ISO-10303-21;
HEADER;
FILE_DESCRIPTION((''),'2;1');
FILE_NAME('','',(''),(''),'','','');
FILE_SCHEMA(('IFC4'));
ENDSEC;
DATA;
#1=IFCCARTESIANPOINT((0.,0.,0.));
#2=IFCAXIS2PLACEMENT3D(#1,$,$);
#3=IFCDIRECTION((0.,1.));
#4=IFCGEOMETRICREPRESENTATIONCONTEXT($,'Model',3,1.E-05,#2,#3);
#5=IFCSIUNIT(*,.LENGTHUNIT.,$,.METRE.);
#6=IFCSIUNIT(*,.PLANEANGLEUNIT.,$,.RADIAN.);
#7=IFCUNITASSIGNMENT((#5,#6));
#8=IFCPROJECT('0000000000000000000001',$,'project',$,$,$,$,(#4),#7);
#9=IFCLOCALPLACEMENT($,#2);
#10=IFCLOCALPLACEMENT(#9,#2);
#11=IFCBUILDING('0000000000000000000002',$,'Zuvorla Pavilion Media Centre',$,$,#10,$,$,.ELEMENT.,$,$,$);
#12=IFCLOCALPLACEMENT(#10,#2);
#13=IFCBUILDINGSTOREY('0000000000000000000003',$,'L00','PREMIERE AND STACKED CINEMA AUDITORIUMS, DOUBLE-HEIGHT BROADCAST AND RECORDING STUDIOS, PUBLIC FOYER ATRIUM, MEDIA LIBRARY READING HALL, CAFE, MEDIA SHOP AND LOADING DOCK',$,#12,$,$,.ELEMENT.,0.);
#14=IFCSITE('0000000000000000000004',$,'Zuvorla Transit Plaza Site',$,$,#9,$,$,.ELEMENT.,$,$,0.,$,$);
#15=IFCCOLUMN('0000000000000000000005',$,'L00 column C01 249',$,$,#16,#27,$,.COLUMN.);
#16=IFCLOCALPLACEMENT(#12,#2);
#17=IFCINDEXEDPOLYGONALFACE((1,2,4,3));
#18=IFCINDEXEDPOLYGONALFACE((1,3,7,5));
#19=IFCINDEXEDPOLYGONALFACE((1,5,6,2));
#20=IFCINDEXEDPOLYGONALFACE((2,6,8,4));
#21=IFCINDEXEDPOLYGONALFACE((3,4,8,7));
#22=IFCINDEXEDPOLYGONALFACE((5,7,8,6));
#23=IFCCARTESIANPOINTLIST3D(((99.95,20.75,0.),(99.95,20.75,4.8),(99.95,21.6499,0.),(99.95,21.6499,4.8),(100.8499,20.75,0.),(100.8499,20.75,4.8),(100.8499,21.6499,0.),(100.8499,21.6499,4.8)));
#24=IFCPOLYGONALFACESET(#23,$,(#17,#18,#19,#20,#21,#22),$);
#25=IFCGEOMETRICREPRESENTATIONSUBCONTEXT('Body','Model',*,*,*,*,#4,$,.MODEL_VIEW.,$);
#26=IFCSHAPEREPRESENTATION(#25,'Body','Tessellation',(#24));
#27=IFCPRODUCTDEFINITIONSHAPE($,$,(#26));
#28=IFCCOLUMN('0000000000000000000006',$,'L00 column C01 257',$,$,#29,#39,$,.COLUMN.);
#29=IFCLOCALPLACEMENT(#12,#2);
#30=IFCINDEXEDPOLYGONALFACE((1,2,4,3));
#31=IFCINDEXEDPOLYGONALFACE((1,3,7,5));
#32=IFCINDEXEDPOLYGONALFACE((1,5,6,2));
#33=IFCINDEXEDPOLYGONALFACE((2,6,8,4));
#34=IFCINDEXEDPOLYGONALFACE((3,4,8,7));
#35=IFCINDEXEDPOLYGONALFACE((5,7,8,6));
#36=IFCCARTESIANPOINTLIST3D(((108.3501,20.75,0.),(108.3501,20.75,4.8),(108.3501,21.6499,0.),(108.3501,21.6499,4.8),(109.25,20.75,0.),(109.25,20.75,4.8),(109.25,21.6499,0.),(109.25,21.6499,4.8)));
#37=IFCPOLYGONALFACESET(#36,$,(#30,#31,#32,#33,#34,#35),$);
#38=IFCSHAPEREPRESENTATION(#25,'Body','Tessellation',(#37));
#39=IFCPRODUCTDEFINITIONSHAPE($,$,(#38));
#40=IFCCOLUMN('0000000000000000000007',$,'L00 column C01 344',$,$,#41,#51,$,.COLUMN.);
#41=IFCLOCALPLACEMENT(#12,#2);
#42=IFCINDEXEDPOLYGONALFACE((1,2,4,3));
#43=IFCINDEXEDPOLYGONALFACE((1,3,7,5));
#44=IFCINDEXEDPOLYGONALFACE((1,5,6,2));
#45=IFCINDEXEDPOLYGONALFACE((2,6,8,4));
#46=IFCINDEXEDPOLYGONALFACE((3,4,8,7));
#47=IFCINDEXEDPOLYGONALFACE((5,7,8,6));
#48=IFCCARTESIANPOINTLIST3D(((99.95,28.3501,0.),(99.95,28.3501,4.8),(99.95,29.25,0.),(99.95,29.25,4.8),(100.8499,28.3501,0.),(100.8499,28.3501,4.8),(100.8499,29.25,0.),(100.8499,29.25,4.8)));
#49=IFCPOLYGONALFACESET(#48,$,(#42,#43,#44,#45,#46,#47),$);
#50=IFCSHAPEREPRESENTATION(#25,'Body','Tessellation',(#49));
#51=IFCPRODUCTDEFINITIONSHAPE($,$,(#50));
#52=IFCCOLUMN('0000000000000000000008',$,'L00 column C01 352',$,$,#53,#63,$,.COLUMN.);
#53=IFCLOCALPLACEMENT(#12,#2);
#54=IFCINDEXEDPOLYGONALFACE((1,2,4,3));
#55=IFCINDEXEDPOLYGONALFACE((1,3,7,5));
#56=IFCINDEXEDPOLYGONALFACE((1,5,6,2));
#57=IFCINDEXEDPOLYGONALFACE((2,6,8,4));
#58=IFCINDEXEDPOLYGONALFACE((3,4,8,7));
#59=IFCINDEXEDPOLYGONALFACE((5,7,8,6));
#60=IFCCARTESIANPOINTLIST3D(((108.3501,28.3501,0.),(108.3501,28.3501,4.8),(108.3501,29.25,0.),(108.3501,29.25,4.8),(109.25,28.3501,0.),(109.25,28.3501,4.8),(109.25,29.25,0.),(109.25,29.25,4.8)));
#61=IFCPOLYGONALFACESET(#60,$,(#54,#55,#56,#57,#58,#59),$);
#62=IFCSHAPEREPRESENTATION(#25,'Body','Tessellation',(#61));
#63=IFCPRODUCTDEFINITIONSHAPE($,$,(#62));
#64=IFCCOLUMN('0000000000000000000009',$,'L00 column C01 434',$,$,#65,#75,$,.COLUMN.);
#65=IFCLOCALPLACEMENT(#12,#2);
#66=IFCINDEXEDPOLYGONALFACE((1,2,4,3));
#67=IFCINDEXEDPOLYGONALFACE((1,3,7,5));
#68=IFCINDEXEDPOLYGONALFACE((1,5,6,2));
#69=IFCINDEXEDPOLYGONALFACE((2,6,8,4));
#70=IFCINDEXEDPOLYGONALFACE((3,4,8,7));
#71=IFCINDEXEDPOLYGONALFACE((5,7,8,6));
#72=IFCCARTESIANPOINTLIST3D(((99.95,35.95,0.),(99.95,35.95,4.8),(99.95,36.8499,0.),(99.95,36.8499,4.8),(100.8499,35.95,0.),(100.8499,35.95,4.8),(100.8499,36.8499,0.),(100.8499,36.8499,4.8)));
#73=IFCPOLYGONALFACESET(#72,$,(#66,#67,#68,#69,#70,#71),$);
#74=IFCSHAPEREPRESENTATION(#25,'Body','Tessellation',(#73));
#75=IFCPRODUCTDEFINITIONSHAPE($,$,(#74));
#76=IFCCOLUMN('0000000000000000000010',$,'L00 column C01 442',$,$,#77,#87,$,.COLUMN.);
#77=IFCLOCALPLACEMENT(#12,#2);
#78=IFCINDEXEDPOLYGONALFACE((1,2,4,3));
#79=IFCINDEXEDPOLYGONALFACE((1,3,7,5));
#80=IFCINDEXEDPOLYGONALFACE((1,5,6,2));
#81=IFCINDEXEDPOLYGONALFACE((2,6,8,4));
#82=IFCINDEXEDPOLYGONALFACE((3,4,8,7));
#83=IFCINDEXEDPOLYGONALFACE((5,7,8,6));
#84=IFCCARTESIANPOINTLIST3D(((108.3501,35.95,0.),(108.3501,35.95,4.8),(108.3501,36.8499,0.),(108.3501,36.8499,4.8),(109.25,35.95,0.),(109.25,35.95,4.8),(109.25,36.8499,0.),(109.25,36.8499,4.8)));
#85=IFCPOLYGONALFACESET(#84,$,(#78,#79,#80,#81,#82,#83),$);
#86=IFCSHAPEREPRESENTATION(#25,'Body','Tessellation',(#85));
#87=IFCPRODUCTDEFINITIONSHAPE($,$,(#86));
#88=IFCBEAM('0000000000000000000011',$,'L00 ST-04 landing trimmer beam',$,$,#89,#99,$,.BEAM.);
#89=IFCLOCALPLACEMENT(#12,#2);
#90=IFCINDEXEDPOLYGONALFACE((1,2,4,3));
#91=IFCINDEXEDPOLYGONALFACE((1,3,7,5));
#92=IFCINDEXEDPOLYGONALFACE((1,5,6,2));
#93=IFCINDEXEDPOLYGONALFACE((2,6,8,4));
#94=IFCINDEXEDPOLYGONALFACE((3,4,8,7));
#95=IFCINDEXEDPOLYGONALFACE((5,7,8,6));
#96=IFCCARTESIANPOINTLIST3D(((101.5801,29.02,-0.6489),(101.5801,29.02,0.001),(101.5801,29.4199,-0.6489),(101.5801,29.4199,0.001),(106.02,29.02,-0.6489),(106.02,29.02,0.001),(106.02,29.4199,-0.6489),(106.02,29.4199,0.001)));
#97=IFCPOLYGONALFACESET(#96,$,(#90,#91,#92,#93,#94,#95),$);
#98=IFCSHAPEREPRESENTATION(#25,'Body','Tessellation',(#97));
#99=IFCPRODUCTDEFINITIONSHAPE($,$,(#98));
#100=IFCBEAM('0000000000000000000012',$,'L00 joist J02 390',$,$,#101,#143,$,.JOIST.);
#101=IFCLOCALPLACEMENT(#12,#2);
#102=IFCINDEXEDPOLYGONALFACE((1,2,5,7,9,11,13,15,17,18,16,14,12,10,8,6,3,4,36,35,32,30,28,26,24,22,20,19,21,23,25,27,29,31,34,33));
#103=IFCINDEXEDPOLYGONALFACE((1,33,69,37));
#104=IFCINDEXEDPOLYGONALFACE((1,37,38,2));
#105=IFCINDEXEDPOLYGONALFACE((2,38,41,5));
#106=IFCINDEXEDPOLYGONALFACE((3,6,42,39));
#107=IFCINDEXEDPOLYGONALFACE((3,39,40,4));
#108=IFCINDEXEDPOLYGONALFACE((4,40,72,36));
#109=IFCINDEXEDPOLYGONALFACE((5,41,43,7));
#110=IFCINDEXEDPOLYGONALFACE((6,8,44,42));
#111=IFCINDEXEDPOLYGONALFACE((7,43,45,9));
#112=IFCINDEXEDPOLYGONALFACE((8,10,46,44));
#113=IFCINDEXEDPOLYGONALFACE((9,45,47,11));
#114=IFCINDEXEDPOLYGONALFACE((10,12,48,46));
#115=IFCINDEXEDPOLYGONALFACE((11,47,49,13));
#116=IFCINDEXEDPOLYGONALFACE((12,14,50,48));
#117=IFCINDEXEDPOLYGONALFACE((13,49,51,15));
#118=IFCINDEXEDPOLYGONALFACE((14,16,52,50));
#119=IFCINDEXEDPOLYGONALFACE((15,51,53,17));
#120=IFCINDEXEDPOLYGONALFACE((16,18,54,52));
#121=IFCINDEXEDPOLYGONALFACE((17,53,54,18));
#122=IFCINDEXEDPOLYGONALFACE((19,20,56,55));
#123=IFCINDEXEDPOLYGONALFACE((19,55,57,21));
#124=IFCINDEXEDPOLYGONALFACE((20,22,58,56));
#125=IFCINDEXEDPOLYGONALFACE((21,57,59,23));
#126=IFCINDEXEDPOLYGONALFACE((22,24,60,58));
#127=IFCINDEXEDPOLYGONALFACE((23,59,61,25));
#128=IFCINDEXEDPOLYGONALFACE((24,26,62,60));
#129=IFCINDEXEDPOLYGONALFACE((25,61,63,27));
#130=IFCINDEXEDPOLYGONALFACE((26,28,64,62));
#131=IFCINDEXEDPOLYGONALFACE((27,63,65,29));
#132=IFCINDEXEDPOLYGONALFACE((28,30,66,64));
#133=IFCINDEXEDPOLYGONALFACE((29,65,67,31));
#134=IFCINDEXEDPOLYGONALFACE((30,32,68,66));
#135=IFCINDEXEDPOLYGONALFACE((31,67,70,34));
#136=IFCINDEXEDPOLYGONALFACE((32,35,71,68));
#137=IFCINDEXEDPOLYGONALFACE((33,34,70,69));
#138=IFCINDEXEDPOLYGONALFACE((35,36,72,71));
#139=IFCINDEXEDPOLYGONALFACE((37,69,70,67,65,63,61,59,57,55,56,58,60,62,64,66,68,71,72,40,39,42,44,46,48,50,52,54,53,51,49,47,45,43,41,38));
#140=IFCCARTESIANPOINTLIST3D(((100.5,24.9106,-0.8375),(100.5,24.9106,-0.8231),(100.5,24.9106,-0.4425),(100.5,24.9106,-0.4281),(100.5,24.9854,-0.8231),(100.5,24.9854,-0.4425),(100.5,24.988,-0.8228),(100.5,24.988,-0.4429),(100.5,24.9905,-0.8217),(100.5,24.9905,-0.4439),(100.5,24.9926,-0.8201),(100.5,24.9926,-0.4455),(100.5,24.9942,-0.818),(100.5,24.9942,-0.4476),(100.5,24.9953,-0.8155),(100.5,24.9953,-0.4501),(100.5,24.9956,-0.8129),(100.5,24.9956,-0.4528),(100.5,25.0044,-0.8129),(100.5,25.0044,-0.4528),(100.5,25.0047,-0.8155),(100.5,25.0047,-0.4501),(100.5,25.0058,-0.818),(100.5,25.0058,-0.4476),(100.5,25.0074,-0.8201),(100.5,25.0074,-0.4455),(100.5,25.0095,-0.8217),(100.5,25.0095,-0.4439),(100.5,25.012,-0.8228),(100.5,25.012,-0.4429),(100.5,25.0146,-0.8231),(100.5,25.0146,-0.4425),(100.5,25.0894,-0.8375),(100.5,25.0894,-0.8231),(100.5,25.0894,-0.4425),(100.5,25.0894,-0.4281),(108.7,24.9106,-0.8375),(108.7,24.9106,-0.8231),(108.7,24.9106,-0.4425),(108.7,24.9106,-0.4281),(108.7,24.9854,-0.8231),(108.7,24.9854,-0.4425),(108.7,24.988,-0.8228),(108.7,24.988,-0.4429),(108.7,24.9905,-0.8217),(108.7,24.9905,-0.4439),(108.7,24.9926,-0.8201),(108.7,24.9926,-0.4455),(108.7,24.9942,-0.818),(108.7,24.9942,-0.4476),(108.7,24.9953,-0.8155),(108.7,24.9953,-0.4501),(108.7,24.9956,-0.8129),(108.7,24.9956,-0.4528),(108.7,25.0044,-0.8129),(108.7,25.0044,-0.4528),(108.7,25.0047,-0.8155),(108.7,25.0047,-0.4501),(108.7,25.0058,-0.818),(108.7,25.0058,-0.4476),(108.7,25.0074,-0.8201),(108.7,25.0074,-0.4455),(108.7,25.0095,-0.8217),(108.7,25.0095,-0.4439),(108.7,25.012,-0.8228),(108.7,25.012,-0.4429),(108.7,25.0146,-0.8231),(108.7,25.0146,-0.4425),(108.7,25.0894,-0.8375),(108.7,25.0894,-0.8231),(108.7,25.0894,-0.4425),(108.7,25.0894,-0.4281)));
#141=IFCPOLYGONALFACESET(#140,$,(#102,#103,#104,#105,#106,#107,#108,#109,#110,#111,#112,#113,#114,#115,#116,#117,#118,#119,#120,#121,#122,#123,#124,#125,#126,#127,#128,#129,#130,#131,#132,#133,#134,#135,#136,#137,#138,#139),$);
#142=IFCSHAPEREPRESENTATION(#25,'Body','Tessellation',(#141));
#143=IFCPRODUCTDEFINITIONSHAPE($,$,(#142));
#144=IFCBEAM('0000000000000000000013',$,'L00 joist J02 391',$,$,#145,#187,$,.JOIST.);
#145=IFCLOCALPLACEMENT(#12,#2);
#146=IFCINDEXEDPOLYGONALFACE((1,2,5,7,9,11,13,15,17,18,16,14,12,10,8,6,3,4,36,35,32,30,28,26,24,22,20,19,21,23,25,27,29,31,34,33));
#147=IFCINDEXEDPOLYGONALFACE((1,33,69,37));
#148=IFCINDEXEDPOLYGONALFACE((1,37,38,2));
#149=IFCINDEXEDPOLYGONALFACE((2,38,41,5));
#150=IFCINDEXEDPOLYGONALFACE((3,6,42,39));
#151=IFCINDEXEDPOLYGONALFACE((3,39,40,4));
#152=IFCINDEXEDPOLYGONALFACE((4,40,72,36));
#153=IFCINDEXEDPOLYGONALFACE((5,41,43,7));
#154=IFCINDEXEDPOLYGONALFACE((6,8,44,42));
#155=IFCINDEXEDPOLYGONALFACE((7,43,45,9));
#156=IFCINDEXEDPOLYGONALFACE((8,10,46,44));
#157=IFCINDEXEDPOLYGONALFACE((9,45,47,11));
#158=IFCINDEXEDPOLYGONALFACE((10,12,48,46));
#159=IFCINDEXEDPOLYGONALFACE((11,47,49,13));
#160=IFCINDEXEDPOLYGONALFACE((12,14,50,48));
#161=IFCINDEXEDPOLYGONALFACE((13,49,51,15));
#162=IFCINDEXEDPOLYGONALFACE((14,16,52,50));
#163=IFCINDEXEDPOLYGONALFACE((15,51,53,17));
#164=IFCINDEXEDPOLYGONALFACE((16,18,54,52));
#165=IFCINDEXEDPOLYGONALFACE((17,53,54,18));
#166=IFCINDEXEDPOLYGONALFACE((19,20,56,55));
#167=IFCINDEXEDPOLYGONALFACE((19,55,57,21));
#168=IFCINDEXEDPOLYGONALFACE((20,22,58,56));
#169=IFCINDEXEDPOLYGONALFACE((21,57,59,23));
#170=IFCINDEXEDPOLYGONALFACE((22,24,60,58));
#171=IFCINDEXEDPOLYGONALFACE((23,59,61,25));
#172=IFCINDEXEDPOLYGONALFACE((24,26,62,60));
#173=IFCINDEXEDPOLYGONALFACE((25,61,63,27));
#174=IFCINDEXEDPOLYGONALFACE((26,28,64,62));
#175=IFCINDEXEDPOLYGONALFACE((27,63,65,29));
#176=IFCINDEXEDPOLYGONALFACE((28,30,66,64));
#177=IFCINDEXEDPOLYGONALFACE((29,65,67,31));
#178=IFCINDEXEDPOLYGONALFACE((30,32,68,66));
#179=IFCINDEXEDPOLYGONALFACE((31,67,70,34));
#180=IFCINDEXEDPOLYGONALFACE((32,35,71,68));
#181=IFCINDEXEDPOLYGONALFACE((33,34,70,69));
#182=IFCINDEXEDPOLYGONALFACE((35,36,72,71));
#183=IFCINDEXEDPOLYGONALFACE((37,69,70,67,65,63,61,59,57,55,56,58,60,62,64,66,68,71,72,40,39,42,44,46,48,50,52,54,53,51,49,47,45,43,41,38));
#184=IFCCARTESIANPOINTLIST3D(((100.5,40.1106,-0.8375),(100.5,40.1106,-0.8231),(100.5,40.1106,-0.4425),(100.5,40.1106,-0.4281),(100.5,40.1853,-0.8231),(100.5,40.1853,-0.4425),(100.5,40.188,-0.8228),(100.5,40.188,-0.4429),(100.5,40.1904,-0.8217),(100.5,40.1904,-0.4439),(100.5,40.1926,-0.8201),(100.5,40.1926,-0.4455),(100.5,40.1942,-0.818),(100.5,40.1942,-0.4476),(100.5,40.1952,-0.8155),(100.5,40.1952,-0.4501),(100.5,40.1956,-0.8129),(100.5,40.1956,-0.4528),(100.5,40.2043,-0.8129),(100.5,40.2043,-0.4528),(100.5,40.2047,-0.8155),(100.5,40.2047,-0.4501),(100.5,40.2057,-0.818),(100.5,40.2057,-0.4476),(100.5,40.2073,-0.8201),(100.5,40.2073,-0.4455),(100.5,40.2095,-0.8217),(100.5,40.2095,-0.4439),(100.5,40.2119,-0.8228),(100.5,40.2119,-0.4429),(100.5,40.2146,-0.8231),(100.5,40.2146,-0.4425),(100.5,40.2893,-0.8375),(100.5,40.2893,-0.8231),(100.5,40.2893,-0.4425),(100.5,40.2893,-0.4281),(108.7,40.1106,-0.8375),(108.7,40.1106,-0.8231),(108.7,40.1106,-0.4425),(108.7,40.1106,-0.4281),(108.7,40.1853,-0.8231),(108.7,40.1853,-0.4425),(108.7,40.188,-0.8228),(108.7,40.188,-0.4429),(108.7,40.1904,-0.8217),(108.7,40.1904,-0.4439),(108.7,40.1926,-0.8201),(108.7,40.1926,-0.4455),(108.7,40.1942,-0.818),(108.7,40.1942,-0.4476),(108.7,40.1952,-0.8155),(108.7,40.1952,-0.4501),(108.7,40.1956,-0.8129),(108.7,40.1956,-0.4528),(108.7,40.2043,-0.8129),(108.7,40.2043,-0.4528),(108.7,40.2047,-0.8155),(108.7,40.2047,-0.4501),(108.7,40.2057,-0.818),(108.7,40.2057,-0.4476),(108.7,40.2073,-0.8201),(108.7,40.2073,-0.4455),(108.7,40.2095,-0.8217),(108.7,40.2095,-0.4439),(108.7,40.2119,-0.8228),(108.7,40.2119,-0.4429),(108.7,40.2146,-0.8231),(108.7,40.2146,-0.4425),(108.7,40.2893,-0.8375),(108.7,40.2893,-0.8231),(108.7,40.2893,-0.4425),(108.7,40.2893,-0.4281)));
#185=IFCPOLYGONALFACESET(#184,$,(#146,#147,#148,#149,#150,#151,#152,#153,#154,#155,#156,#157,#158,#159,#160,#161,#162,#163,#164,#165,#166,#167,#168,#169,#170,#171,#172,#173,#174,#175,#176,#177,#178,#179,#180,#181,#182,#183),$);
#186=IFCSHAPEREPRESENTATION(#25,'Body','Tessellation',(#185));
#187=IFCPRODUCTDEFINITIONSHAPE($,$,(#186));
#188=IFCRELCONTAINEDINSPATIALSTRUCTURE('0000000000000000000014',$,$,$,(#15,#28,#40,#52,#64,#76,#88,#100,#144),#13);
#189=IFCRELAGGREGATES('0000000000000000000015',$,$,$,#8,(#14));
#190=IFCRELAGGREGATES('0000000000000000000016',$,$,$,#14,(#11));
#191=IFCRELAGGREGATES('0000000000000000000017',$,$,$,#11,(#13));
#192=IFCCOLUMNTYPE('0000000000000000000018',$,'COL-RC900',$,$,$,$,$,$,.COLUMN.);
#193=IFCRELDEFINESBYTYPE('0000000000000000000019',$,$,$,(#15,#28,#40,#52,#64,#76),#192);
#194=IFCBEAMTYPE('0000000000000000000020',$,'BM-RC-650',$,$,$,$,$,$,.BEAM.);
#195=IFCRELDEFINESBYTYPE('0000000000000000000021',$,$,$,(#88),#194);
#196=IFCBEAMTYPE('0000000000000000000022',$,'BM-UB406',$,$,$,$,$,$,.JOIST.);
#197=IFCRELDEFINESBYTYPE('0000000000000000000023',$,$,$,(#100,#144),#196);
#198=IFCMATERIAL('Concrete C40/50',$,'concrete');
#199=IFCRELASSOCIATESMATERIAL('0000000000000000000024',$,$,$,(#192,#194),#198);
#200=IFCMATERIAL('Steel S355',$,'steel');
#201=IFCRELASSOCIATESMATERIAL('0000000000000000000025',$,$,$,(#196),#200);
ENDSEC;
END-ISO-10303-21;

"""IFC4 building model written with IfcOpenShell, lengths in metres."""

from ifc_helpers import new_model, si_unit, direction, frame, origin, origin_2d, place, context, subcontext, project, spatial, rectangle, i_section, extrude, material, material_profile, profile_set, type_object, element, save


model = new_model("IFC4")

# Units and contexts
model_context = context("Model", 3, precision=1e-05, world=origin(), true_north=direction((0.0, 1.0)))
body_context = subcontext(model_context, "Body", "Model", "MODEL_VIEW")
ifc_project = project(units=[si_unit("LENGTHUNIT", "METRE"), si_unit("PLANEANGLEUNIT", "RADIAN")], contexts=[model_context])

# Site, building, storey
site_placement = place(None, origin())
site = spatial("IfcSite", under=ifc_project, at=site_placement, Name="Zuvorla Transit Plaza Site", CompositionType="ELEMENT", RefElevation=0.0)
building_placement = place(site_placement, origin())
building = spatial("IfcBuilding", under=site, at=building_placement, Name="Zuvorla Pavilion Media Centre", CompositionType="ELEMENT")
storey_placement = place(building_placement, origin())
storey = spatial("IfcBuildingStorey", under=building, at=storey_placement, Name="L00", Description="PREMIERE AND STACKED CINEMA AUDITORIUMS, DOUBLE-HEIGHT BROADCAST AND RECORDING STUDIOS, PUBLIC FOYER ATRIUM, MEDIA LIBRARY READING HALL, CAFE, MEDIA SHOP AND LOADING DOCK", CompositionType="ELEMENT", Elevation=0.0)

# Columns
ifc_material_1 = material(Name="Concrete C40/50", Category="concrete")
ifc_material_profile_1 = material_profile(ifc_material_1, rectangle(XDim=0.8999, YDim=0.8999, at=origin_2d()), Name="RC 900x900")
ifc_profile_set_1 = profile_set([ifc_material_profile_1], Name="Concrete C40/50")
column_type = type_object("IfcColumnType", Name="COL-RC900", PredefinedType="COLUMN", material=ifc_profile_set_1)
for number, where, z_axis, x_axis, name in (
    (1, (100.3999, 21.2, 0.0), (0.0, 0.0, 1.0), (1.0, 0.0, 0.0), "L00 column C01 249"),
    (2, (108.8, 21.2, 0.0), (0.0, 0.0, 1.0), (1.0, 0.0, 0.0), "L00 column C01 257"),
    (3, (100.3999, 28.8, 0.0), (0.0, 0.0, 1.0), (1.0, 0.0, 0.0), "L00 column C01 344"),
    (4, (108.8, 28.8, 0.0), (0.0, 0.0, 1.0), (1.0, 0.0, 0.0), "L00 column C01 352"),
    (5, (100.3999, 36.3999, 0.0), (0.0, 0.0, 1.0), (1.0, 0.0, 0.0), "L00 column C01 434"),
    (6, (108.8, 36.3999, 0.0), (0.0, 0.0, 1.0), (1.0, 0.0, 0.0), "L00 column C01 442"),
):
    element("IfcColumn", number, at=place(storey_placement, frame(where, z_axis=z_axis, x_axis=x_axis)), inside=storey, type_object=column_type, Name=name, PredefinedType="COLUMN", context=body_context, shape_type="SweptSolid", body=[
        extrude(rectangle(XDim=0.8999, YDim=0.8999, at=origin_2d()), origin(), (0.0, 0.0, 1.0), 4.8),
    ])

# Beams
ifc_material_profile_2 = material_profile(ifc_material_1, rectangle(XDim=0.3999, YDim=0.6499, at=origin_2d()), Name="RC 400x650")
ifc_profile_set_2 = profile_set([ifc_material_profile_2], Name="Concrete C40/50")
beam_type_1 = type_object("IfcBeamType", Name="BM-RC-650", PredefinedType="BEAM", material=ifc_profile_set_2)
beam_1_placement = place(storey_placement, frame((101.5801, 29.22, -0.324), z_axis=(1.0, 0.0, 0.0), x_axis=(0.0, 1.0, 0.0)))
element("IfcBeam", 7, at=beam_1_placement, inside=storey, type_object=beam_type_1, Name="L00 ST-04 landing trimmer beam", PredefinedType="BEAM", context=body_context, shape_type="SweptSolid", body=[
    extrude(rectangle(XDim=0.3999, YDim=0.6499, at=origin_2d()), origin(), (0.0, 0.0, 1.0), 4.4399),
])
ifc_material_2 = material(Name="Steel S355", Category="steel")
ifc_material_profile_3 = material_profile(ifc_material_2, i_section(OverallWidth=0.1787, OverallDepth=0.4094, WebThickness=0.0088, FlangeThickness=0.0144, FilletRadius=0.0103, at=origin_2d()), Name="UB 406x178x67")
ifc_profile_set_3 = profile_set([ifc_material_profile_3], Name="Steel S355")
beam_type_2 = type_object("IfcBeamType", Name="BM-UB406", PredefinedType="JOIST", material=ifc_profile_set_3)
for number, where, z_axis, x_axis, name in (
    (8, (100.5, 25.0, -0.6328), (1.0, 0.0, 0.0), (0.0, 1.0, 0.0), "L00 joist J02 390"),
    (9, (100.5, 40.2, -0.6328), (1.0, 0.0, 0.0), (0.0, 1.0, 0.0), "L00 joist J02 391"),
):
    element("IfcBeam", number, at=place(storey_placement, frame(where, z_axis=z_axis, x_axis=x_axis)), inside=storey, type_object=beam_type_2, Name=name, PredefinedType="JOIST", context=body_context, shape_type="SweptSolid", body=[
        extrude(i_section(OverallWidth=0.1787, OverallDepth=0.4094, WebThickness=0.0088, FlangeThickness=0.0144, FilletRadius=0.0103, at=origin_2d()), origin(), (0.0, 0.0, 1.0), 8.2),
    ])

save(model, "model.ifc")
